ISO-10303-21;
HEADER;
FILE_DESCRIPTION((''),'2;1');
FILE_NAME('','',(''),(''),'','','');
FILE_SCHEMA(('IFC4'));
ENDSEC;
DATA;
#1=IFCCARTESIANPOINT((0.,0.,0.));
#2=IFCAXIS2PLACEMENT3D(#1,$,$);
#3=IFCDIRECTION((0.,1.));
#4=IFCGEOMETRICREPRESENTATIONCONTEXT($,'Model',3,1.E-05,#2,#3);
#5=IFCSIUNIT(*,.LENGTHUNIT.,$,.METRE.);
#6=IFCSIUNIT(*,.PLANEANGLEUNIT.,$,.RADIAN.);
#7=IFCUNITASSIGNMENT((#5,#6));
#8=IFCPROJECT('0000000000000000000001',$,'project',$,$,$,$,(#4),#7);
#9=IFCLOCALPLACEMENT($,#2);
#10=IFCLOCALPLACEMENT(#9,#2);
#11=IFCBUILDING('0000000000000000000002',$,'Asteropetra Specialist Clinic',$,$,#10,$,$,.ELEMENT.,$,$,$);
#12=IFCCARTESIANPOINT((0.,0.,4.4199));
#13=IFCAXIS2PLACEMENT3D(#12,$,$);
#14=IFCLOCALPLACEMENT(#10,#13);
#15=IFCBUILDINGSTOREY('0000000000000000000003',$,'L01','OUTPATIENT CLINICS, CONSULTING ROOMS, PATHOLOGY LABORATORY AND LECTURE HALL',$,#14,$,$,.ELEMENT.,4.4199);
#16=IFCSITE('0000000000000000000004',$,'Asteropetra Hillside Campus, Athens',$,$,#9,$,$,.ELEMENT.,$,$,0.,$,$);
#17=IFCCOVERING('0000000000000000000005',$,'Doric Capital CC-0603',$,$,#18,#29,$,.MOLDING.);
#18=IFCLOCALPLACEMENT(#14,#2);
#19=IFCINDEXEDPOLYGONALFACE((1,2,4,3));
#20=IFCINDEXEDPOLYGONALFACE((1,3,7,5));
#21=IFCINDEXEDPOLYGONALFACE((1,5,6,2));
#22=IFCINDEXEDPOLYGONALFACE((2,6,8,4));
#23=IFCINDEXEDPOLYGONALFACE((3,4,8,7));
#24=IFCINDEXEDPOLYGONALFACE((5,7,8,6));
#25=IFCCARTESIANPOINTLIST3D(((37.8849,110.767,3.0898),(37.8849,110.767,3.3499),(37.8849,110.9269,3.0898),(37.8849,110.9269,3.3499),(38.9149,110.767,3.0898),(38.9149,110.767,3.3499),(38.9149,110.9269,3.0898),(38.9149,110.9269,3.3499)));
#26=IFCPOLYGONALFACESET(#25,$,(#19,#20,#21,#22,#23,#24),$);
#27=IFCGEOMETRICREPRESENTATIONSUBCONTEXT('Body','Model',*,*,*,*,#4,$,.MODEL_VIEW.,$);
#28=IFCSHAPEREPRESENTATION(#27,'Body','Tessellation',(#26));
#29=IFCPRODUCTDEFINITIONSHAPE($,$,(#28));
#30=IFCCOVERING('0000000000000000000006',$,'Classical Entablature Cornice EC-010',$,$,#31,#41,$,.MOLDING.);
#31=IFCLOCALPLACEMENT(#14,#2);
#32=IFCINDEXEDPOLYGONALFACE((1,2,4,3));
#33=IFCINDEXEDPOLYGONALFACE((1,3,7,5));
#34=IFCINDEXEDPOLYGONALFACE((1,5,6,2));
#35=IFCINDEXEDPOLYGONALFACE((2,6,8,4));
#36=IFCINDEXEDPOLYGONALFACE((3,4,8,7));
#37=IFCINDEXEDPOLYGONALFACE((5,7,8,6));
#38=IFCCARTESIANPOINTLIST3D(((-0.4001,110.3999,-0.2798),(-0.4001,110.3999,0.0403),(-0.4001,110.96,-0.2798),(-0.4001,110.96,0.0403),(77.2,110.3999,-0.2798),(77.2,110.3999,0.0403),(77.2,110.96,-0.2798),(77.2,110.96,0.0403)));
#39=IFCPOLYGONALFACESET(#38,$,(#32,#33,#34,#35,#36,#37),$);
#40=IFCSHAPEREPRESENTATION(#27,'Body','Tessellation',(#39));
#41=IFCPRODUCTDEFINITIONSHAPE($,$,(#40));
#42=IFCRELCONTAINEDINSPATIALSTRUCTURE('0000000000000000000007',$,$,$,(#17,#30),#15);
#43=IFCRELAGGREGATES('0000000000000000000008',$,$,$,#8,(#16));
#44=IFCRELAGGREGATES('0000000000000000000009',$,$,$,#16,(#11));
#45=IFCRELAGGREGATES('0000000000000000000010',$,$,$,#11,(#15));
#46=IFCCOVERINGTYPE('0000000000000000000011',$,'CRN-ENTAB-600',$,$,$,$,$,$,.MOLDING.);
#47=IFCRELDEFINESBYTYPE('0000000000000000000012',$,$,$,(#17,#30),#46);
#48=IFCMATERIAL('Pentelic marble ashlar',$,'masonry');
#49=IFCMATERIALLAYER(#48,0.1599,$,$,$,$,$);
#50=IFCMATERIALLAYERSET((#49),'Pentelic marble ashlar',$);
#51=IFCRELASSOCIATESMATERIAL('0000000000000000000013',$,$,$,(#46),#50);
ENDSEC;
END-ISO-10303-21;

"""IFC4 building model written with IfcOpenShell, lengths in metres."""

from ifc_helpers import new_model, si_unit, direction, frame, origin, origin_2d, place, context, subcontext, project, spatial, rectangle, extrude, material, layer, layer_set, type_object, element, save


model = new_model("IFC4")

# Units and contexts
model_context = context("Model", 3, precision=1e-05, world=origin(), true_north=direction((0.0, 1.0)))
body_context = subcontext(model_context, "Body", "Model", "MODEL_VIEW")
ifc_project = project(units=[si_unit("LENGTHUNIT", "METRE"), si_unit("PLANEANGLEUNIT", "RADIAN")], contexts=[model_context])

# Site, building, storey
site_placement = place(None, origin())
site = spatial("IfcSite", under=ifc_project, at=site_placement, Name="Asteropetra Hillside Campus, Athens", CompositionType="ELEMENT", RefElevation=0.0)
building_placement = place(site_placement, origin())
building = spatial("IfcBuilding", under=site, at=building_placement, Name="Asteropetra Specialist Clinic", CompositionType="ELEMENT")
storey_placement = place(building_placement, frame((0.0, 0.0, 4.4199)))
storey = spatial("IfcBuildingStorey", under=building, at=storey_placement, Name="L01", Description="OUTPATIENT CLINICS, CONSULTING ROOMS, PATHOLOGY LABORATORY AND LECTURE HALL", CompositionType="ELEMENT", Elevation=4.4199)

# Coverings
ifc_material_1 = material(Name="Pentelic marble ashlar", Category="masonry")
ifc_layer_1 = layer(ifc_material_1, 0.1599)
ifc_layer_set_1 = layer_set([ifc_layer_1], Name="Pentelic marble ashlar")
covering_type = type_object("IfcCoveringType", Name="CRN-ENTAB-600", PredefinedType="MOLDING", material=ifc_layer_set_1)
for number, where, z_axis, x_axis, name in (
    (1, (38.3999, 110.8469, 3.0898), (0.0, 0.0, 1.0), (1.0, 0.0, 0.0), "Doric Capital CC-0603"),
):
    element("IfcCovering", number, at=place(storey_placement, frame(where, z_axis=z_axis, x_axis=x_axis)), inside=storey, type_object=covering_type, Name=name, PredefinedType="MOLDING", context=body_context, shape_type="SweptSolid", body=[
        extrude(rectangle(XDim=1.03, YDim=0.1599, at=origin_2d()), origin(), (0.0, 0.0, 1.0), 0.26),
    ])
covering_1_placement = place(storey_placement, frame((38.3999, 110.6799, -0.2798), z_axis=(0.0, 0.0, 1.0), x_axis=(1.0, 0.0, 0.0)))
element("IfcCovering", 2, at=covering_1_placement, inside=storey, type_object=covering_type, Name="Classical Entablature Cornice EC-010", PredefinedType="MOLDING", context=body_context, shape_type="SweptSolid", body=[
    extrude(rectangle(XDim=77.6001, YDim=0.5601, at=origin_2d()), origin(), (0.0, 0.0, 1.0), 0.3201),
])

save(model, "model.ifc")
